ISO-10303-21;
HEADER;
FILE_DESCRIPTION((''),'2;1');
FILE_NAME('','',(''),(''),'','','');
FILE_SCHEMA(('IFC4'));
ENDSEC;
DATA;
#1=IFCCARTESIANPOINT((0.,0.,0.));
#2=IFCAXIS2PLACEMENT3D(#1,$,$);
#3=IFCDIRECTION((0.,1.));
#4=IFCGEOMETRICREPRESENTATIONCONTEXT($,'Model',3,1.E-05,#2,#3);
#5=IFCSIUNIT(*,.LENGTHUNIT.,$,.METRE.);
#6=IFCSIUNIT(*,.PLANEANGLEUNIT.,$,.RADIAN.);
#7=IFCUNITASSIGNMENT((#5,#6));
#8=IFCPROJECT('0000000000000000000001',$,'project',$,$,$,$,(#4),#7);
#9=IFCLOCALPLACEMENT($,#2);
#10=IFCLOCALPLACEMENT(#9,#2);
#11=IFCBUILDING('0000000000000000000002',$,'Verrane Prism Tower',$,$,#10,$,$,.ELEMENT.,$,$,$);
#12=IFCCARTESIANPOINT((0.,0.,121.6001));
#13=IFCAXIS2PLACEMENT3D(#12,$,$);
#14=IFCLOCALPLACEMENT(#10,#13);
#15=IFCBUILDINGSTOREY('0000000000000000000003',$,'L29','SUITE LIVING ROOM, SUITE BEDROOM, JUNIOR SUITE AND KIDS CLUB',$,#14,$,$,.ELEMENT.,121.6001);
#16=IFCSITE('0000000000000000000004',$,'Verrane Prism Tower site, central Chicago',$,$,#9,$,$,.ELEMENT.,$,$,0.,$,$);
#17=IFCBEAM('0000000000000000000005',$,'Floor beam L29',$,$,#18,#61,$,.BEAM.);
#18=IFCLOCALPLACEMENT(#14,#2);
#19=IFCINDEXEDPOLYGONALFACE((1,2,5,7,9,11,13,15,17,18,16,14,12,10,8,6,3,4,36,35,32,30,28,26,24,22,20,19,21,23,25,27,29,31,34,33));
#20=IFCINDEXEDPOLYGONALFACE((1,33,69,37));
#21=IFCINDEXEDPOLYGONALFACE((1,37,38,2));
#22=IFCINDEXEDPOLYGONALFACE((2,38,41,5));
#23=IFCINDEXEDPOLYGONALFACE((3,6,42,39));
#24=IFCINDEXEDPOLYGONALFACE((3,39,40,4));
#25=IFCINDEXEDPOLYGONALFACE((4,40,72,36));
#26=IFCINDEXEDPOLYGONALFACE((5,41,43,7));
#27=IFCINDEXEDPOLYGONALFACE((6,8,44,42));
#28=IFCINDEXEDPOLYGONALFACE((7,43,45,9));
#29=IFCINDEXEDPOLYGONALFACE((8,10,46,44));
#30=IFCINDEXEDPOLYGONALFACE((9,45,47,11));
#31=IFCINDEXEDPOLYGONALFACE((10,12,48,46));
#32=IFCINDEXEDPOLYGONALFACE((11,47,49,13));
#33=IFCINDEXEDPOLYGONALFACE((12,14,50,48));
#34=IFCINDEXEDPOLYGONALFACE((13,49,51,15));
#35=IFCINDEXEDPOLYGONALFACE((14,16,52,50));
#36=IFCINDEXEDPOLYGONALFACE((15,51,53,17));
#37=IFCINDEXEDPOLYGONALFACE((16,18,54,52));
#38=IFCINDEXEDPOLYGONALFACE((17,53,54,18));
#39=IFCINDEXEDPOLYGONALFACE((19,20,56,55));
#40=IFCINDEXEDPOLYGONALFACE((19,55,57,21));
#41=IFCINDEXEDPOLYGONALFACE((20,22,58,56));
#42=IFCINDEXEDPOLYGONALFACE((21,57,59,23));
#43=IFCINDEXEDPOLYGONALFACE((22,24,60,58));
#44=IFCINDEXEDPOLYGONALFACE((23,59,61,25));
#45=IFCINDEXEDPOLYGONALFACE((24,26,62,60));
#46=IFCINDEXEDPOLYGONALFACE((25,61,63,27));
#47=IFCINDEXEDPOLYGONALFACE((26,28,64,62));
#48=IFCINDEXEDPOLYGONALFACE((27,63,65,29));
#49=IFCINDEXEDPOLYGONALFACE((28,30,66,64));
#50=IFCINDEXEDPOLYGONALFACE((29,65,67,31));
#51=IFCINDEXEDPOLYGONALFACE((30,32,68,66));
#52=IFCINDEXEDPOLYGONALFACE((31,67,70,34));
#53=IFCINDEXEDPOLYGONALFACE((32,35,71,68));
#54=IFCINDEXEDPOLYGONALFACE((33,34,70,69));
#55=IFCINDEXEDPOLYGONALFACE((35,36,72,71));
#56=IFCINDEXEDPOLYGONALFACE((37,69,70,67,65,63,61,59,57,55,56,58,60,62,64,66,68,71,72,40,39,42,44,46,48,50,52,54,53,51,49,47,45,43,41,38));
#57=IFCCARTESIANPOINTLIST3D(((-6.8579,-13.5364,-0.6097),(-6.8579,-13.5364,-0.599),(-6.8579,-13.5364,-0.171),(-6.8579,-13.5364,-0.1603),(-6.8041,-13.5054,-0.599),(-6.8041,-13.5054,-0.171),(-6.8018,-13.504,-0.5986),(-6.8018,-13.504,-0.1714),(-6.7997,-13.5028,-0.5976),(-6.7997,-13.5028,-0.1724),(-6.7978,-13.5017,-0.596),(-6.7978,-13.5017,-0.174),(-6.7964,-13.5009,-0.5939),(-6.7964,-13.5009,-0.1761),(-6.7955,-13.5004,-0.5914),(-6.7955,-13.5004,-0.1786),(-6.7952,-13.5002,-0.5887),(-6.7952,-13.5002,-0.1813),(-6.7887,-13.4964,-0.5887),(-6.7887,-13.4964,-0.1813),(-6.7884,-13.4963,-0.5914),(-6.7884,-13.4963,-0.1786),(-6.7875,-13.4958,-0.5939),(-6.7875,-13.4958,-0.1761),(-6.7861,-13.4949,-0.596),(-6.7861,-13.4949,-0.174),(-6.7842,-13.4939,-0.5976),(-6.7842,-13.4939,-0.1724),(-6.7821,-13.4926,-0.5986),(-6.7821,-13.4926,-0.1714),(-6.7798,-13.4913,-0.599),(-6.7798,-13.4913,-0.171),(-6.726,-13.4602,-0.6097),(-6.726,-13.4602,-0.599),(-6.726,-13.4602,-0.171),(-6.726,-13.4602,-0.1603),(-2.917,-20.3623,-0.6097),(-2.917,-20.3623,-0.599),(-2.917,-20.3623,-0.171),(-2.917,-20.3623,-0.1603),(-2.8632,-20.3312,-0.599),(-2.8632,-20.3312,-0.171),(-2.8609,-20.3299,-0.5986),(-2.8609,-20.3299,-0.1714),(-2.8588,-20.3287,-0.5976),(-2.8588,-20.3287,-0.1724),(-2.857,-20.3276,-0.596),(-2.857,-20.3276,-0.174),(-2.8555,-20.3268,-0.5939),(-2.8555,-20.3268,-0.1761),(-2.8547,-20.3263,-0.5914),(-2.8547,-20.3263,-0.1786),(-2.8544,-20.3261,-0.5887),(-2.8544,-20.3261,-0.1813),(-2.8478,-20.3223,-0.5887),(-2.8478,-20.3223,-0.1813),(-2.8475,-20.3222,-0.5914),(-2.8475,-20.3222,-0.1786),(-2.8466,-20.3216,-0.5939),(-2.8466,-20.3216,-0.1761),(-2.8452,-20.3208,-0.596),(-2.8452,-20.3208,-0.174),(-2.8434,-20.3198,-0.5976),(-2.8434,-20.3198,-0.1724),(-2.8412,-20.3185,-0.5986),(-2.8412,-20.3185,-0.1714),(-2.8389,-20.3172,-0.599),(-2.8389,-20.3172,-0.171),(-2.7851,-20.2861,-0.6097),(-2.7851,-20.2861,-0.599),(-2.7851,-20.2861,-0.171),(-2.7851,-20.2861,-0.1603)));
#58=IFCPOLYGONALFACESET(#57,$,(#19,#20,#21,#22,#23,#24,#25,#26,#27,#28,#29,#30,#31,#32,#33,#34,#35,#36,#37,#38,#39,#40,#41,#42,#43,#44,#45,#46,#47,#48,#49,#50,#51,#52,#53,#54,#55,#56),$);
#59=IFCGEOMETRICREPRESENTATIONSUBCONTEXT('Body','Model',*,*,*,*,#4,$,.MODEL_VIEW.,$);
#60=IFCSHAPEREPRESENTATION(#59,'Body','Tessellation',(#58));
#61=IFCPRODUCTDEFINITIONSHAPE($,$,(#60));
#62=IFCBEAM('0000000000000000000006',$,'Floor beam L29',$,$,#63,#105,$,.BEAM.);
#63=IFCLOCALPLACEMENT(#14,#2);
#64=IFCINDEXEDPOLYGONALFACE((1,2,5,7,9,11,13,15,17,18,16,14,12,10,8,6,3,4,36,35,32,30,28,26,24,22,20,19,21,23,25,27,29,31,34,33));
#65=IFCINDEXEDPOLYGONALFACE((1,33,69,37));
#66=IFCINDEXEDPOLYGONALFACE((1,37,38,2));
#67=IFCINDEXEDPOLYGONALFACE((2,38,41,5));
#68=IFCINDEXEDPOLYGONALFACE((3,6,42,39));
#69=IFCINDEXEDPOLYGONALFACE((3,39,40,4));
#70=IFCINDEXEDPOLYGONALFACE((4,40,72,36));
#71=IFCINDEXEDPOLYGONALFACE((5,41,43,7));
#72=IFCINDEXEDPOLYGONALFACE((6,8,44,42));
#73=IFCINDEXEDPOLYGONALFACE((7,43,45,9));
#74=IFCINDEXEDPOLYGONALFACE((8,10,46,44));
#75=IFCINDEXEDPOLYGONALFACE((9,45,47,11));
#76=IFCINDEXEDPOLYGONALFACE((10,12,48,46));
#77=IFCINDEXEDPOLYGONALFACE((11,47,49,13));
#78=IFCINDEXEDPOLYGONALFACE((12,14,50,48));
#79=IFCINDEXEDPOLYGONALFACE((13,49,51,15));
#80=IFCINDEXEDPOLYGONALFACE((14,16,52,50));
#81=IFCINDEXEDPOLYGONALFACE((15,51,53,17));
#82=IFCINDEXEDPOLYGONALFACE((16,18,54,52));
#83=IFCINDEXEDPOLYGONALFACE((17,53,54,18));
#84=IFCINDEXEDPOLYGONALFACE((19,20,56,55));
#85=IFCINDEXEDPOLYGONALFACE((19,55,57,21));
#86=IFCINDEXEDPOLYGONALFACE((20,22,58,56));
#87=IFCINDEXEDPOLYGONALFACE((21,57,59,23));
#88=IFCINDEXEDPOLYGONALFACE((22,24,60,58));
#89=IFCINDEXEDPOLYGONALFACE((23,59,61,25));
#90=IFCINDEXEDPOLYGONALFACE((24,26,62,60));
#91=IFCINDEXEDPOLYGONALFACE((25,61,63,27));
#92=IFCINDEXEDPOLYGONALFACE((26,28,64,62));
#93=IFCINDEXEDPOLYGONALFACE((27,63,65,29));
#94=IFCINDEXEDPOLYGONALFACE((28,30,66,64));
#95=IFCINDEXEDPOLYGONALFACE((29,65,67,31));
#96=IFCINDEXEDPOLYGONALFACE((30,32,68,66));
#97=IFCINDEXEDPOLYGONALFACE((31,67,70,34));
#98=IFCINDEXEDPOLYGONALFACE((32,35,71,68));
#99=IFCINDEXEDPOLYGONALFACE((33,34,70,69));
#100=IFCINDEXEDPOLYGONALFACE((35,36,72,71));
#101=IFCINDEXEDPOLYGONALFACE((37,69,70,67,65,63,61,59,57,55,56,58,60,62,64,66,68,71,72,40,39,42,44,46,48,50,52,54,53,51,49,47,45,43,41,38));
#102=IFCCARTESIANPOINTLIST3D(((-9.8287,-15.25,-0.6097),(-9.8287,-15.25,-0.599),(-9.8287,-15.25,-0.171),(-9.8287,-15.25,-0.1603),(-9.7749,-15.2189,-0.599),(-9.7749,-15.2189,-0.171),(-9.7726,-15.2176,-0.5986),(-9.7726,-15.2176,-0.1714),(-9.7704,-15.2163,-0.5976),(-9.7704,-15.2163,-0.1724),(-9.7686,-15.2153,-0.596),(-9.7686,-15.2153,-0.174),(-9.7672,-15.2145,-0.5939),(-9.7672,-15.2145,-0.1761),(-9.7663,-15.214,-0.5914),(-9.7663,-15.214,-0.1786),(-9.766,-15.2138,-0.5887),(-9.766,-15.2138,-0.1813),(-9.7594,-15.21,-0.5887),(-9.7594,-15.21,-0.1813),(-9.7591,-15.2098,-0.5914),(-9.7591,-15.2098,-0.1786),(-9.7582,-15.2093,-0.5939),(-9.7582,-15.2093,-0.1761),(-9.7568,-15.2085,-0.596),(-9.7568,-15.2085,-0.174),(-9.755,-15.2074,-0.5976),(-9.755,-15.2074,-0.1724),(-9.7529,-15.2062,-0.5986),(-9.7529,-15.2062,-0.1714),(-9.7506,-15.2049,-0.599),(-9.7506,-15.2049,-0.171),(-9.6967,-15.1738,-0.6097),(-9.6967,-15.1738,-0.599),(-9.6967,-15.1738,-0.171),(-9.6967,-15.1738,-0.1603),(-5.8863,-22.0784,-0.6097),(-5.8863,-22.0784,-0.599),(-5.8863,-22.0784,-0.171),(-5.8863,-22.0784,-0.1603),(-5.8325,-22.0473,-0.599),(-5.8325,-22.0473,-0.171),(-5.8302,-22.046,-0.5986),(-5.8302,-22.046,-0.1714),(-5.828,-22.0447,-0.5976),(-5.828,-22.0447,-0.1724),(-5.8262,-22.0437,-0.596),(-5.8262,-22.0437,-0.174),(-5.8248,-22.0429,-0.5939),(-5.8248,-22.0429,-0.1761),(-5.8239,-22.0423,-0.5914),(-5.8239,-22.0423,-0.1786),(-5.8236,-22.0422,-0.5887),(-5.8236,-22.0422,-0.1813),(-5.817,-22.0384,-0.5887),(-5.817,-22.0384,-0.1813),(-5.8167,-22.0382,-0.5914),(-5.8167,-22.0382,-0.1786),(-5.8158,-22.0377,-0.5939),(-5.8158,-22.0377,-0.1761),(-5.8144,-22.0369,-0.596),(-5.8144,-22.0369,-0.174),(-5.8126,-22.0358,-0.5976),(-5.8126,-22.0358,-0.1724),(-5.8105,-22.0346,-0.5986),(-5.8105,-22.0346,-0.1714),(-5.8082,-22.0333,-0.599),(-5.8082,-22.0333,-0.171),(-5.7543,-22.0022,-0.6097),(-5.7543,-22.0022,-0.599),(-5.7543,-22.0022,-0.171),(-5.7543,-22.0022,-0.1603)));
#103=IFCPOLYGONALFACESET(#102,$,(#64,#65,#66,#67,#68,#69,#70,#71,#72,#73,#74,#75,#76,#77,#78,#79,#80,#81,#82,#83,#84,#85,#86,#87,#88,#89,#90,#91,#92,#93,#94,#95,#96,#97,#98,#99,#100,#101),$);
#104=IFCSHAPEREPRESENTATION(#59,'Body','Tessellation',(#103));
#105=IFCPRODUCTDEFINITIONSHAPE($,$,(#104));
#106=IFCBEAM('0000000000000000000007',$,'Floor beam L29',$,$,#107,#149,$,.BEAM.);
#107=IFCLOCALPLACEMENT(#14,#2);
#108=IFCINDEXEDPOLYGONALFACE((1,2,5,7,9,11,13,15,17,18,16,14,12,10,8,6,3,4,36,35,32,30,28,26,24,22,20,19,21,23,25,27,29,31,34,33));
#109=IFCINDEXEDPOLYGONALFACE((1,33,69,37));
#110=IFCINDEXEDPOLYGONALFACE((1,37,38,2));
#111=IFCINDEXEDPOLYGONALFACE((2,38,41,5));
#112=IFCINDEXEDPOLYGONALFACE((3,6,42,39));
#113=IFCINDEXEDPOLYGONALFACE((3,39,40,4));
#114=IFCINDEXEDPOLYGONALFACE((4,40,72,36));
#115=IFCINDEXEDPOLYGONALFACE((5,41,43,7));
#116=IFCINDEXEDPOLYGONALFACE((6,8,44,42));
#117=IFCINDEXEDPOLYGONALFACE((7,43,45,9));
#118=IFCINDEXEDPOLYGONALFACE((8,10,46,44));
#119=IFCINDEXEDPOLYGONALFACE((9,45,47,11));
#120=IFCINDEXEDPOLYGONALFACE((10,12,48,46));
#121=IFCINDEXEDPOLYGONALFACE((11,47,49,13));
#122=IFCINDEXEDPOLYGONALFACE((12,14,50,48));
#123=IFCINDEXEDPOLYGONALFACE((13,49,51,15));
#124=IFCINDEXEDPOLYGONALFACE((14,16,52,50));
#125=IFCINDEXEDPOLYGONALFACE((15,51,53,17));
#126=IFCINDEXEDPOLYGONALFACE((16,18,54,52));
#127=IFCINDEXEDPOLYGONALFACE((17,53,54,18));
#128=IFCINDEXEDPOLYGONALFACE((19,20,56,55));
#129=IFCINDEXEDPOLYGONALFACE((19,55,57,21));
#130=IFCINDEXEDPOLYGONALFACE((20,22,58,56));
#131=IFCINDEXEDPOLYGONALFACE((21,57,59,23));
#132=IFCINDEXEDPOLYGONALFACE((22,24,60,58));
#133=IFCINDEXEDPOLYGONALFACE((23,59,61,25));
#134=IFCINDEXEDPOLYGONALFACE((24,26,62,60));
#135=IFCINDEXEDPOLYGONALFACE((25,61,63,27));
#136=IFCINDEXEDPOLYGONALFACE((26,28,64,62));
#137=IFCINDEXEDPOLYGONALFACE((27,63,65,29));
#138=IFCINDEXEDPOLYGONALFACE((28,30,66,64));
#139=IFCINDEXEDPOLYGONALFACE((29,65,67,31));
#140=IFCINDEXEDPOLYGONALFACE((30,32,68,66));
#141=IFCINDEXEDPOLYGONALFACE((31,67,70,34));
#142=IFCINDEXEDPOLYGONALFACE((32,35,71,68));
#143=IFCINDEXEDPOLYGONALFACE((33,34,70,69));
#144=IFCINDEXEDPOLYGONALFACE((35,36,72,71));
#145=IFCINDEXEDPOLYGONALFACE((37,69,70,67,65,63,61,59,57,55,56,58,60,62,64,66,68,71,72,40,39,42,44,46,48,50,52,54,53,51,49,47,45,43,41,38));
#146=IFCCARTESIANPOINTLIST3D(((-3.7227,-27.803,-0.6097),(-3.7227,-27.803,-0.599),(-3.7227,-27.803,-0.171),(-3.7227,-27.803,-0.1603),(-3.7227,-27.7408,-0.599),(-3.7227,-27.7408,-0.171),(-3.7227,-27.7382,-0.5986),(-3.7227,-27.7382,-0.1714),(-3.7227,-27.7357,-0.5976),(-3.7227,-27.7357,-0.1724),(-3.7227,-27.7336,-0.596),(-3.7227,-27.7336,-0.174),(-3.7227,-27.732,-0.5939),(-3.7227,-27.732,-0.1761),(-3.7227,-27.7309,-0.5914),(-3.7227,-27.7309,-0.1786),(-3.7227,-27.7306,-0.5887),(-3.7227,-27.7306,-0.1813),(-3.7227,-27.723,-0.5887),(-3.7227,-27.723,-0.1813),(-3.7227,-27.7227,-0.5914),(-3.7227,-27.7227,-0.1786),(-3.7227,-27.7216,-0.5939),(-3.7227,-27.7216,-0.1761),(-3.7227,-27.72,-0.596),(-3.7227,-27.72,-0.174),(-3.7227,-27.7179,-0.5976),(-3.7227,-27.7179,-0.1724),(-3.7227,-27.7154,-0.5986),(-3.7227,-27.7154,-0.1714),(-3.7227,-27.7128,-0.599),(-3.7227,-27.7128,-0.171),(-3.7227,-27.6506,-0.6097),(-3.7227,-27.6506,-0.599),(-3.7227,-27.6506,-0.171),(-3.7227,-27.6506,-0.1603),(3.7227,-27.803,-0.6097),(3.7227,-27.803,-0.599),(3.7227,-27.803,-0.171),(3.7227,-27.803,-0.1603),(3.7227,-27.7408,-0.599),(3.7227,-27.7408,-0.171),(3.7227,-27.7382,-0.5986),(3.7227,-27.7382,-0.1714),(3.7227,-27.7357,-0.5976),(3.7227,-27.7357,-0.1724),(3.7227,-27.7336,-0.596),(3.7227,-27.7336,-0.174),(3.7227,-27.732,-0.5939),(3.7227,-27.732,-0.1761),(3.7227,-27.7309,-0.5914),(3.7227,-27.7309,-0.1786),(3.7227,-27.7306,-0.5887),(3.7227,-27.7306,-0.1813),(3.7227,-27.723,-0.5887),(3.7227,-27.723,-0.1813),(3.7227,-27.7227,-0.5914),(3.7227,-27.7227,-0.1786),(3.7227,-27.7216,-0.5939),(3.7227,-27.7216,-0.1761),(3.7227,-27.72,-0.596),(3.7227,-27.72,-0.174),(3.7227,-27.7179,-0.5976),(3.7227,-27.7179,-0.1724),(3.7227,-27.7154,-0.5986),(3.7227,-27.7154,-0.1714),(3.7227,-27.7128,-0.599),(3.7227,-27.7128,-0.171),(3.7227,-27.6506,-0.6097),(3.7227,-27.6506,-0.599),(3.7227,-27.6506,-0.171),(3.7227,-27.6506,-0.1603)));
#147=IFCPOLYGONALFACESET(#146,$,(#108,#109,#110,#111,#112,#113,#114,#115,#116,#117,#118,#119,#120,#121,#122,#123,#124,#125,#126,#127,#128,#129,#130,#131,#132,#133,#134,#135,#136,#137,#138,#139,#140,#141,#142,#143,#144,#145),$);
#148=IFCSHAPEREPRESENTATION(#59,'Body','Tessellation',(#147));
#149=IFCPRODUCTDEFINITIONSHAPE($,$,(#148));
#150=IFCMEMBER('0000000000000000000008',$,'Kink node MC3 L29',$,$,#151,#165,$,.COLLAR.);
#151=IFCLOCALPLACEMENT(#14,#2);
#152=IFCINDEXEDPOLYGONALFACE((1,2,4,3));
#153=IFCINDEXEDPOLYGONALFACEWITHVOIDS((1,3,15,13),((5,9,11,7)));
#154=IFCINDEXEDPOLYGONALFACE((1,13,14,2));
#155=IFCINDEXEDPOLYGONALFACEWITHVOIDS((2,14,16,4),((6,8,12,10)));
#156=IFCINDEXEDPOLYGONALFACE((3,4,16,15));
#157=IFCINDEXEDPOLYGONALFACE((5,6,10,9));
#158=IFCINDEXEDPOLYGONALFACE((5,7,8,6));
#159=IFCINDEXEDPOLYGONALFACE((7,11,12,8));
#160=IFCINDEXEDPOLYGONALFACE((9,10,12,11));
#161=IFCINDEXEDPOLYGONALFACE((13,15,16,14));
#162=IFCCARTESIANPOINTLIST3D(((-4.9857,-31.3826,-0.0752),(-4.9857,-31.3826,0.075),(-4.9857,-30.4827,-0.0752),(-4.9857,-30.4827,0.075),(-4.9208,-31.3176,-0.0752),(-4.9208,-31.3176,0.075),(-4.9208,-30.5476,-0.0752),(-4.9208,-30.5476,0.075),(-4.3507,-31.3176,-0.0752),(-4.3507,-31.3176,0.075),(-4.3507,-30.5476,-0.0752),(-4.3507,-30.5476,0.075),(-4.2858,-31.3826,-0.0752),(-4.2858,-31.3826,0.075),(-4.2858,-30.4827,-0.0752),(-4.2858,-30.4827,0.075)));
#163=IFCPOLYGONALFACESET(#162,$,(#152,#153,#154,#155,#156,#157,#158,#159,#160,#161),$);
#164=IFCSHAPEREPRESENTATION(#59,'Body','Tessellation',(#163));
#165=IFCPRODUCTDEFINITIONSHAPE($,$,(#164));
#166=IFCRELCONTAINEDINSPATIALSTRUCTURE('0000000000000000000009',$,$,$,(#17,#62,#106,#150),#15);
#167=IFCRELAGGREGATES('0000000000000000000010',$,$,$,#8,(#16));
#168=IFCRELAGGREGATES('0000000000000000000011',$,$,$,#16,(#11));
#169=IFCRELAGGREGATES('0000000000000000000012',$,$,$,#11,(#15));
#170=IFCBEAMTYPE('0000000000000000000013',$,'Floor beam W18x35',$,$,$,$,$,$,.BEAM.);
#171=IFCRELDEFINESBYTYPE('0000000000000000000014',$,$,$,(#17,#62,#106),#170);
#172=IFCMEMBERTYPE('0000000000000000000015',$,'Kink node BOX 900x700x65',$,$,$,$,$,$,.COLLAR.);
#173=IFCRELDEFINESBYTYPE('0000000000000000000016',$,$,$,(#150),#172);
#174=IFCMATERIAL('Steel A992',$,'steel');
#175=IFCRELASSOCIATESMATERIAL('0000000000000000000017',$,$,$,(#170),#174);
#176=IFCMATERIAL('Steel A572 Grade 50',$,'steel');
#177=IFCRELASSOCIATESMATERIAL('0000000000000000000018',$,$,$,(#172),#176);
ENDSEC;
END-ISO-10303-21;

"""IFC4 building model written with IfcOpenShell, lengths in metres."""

from ifc_helpers import new_model, si_unit, direction, frame, origin, origin_2d, place, context, subcontext, project, spatial, hollow_rectangle, i_section, extrude, material, material_profile, profile_set, type_object, element, save


model = new_model("IFC4")

# Units and contexts
model_context = context("Model", 3, precision=1e-05, world=origin(), true_north=direction((0.0, 1.0)))
body_context = subcontext(model_context, "Body", "Model", "MODEL_VIEW")
ifc_project = project(units=[si_unit("LENGTHUNIT", "METRE"), si_unit("PLANEANGLEUNIT", "RADIAN")], contexts=[model_context])

# Site, building, storey
site_placement = place(None, origin())
site = spatial("IfcSite", under=ifc_project, at=site_placement, Name="Verrane Prism Tower site, central Chicago", CompositionType="ELEMENT", RefElevation=0.0)
building_placement = place(site_placement, origin())
building = spatial("IfcBuilding", under=site, at=building_placement, Name="Verrane Prism Tower", CompositionType="ELEMENT")
storey_placement = place(building_placement, frame((0.0, 0.0, 121.6001)))
storey = spatial("IfcBuildingStorey", under=building, at=storey_placement, Name="L29", Description="SUITE LIVING ROOM, SUITE BEDROOM, JUNIOR SUITE AND KIDS CLUB", CompositionType="ELEMENT", Elevation=121.6001)

# Beams
ifc_material_1 = material(Name="Steel A992", Category="steel")
ifc_material_profile_1 = material_profile(ifc_material_1, i_section(OverallWidth=0.1523, OverallDepth=0.4495, WebThickness=0.0076, FlangeThickness=0.0107, FilletRadius=0.0103, at=origin_2d()), Name="W18x35")
ifc_profile_set_1 = profile_set([ifc_material_profile_1], Name="Steel A992")
beam_type_1 = type_object("IfcBeamType", Name="Floor beam W18x35", PredefinedType="BEAM", material=ifc_profile_set_1)
beam_1_placement = place(storey_placement, frame((-2.8511, -20.3242, -0.385), z_axis=(-0.499997, 0.866027, 0.0), x_axis=(-0.866027, -0.499997, 0.0)))
element("IfcBeam", 1, at=beam_1_placement, inside=storey, type_object=beam_type_1, Name="Floor beam L29", PredefinedType="BEAM", context=body_context, shape_type="SweptSolid", body=[
    extrude(i_section(OverallWidth=0.1523, OverallDepth=0.4495, WebThickness=0.0076, FlangeThickness=0.0107, FilletRadius=0.0103, at=origin_2d()), origin(), (0.0, 0.0, 1.0), 7.8818),
])
beam_2_placement = place(storey_placement, frame((-5.8203, -22.0403, -0.385), z_axis=(-0.500002, 0.866024, 0.0), x_axis=(-0.866024, -0.500002, 0.0)))
element("IfcBeam", 2, at=beam_2_placement, inside=storey, type_object=beam_type_1, Name="Floor beam L29", PredefinedType="BEAM", context=body_context, shape_type="SweptSolid", body=[
    extrude(i_section(OverallWidth=0.1523, OverallDepth=0.4495, WebThickness=0.0076, FlangeThickness=0.0107, FilletRadius=0.0103, at=origin_2d()), origin(), (0.0, 0.0, 1.0), 7.8848),
])
beam_3_placement = place(storey_placement, frame((-3.7227, -27.7268, -0.385), z_axis=(1.0, 0.0, 0.0), x_axis=(0.0, 1.0, 0.0)))
element("IfcBeam", 3, at=beam_3_placement, inside=storey, type_object=beam_type_1, Name="Floor beam L29", PredefinedType="BEAM", context=body_context, shape_type="SweptSolid", body=[
    extrude(i_section(OverallWidth=0.1523, OverallDepth=0.4495, WebThickness=0.0076, FlangeThickness=0.0107, FilletRadius=0.0103, at=origin_2d()), origin(), (0.0, 0.0, 1.0), 7.4453),
])

# Member
ifc_material_2 = material(Name="Steel A572 Grade 50", Category="steel")
ifc_material_profile_2 = material_profile(ifc_material_2, hollow_rectangle(XDim=0.7, YDim=0.8999, WallThickness=0.0649, at=origin_2d()), Name="BOX 900x700x65")
ifc_profile_set_2 = profile_set([ifc_material_profile_2], Name="Steel A572 Grade 50")
member_type_1 = type_object("IfcMemberType", Name="Kink node BOX 900x700x65", PredefinedType="COLLAR", material=ifc_profile_set_2)
member_1_placement = place(storey_placement, frame((-4.6357, -30.9326, -0.0752), z_axis=(0.0, 0.0, 1.0), x_axis=(-1.0, 0.0, 0.0)))
element("IfcMember", 4, at=member_1_placement, inside=storey, type_object=member_type_1, Name="Kink node MC3 L29", PredefinedType="COLLAR", context=body_context, shape_type="SweptSolid", body=[
    extrude(hollow_rectangle(XDim=0.7, YDim=0.8999, WallThickness=0.0649, at=origin_2d()), origin(), (0.0, 0.0, 1.0), 0.1501),
])

save(model, "model.ifc")
